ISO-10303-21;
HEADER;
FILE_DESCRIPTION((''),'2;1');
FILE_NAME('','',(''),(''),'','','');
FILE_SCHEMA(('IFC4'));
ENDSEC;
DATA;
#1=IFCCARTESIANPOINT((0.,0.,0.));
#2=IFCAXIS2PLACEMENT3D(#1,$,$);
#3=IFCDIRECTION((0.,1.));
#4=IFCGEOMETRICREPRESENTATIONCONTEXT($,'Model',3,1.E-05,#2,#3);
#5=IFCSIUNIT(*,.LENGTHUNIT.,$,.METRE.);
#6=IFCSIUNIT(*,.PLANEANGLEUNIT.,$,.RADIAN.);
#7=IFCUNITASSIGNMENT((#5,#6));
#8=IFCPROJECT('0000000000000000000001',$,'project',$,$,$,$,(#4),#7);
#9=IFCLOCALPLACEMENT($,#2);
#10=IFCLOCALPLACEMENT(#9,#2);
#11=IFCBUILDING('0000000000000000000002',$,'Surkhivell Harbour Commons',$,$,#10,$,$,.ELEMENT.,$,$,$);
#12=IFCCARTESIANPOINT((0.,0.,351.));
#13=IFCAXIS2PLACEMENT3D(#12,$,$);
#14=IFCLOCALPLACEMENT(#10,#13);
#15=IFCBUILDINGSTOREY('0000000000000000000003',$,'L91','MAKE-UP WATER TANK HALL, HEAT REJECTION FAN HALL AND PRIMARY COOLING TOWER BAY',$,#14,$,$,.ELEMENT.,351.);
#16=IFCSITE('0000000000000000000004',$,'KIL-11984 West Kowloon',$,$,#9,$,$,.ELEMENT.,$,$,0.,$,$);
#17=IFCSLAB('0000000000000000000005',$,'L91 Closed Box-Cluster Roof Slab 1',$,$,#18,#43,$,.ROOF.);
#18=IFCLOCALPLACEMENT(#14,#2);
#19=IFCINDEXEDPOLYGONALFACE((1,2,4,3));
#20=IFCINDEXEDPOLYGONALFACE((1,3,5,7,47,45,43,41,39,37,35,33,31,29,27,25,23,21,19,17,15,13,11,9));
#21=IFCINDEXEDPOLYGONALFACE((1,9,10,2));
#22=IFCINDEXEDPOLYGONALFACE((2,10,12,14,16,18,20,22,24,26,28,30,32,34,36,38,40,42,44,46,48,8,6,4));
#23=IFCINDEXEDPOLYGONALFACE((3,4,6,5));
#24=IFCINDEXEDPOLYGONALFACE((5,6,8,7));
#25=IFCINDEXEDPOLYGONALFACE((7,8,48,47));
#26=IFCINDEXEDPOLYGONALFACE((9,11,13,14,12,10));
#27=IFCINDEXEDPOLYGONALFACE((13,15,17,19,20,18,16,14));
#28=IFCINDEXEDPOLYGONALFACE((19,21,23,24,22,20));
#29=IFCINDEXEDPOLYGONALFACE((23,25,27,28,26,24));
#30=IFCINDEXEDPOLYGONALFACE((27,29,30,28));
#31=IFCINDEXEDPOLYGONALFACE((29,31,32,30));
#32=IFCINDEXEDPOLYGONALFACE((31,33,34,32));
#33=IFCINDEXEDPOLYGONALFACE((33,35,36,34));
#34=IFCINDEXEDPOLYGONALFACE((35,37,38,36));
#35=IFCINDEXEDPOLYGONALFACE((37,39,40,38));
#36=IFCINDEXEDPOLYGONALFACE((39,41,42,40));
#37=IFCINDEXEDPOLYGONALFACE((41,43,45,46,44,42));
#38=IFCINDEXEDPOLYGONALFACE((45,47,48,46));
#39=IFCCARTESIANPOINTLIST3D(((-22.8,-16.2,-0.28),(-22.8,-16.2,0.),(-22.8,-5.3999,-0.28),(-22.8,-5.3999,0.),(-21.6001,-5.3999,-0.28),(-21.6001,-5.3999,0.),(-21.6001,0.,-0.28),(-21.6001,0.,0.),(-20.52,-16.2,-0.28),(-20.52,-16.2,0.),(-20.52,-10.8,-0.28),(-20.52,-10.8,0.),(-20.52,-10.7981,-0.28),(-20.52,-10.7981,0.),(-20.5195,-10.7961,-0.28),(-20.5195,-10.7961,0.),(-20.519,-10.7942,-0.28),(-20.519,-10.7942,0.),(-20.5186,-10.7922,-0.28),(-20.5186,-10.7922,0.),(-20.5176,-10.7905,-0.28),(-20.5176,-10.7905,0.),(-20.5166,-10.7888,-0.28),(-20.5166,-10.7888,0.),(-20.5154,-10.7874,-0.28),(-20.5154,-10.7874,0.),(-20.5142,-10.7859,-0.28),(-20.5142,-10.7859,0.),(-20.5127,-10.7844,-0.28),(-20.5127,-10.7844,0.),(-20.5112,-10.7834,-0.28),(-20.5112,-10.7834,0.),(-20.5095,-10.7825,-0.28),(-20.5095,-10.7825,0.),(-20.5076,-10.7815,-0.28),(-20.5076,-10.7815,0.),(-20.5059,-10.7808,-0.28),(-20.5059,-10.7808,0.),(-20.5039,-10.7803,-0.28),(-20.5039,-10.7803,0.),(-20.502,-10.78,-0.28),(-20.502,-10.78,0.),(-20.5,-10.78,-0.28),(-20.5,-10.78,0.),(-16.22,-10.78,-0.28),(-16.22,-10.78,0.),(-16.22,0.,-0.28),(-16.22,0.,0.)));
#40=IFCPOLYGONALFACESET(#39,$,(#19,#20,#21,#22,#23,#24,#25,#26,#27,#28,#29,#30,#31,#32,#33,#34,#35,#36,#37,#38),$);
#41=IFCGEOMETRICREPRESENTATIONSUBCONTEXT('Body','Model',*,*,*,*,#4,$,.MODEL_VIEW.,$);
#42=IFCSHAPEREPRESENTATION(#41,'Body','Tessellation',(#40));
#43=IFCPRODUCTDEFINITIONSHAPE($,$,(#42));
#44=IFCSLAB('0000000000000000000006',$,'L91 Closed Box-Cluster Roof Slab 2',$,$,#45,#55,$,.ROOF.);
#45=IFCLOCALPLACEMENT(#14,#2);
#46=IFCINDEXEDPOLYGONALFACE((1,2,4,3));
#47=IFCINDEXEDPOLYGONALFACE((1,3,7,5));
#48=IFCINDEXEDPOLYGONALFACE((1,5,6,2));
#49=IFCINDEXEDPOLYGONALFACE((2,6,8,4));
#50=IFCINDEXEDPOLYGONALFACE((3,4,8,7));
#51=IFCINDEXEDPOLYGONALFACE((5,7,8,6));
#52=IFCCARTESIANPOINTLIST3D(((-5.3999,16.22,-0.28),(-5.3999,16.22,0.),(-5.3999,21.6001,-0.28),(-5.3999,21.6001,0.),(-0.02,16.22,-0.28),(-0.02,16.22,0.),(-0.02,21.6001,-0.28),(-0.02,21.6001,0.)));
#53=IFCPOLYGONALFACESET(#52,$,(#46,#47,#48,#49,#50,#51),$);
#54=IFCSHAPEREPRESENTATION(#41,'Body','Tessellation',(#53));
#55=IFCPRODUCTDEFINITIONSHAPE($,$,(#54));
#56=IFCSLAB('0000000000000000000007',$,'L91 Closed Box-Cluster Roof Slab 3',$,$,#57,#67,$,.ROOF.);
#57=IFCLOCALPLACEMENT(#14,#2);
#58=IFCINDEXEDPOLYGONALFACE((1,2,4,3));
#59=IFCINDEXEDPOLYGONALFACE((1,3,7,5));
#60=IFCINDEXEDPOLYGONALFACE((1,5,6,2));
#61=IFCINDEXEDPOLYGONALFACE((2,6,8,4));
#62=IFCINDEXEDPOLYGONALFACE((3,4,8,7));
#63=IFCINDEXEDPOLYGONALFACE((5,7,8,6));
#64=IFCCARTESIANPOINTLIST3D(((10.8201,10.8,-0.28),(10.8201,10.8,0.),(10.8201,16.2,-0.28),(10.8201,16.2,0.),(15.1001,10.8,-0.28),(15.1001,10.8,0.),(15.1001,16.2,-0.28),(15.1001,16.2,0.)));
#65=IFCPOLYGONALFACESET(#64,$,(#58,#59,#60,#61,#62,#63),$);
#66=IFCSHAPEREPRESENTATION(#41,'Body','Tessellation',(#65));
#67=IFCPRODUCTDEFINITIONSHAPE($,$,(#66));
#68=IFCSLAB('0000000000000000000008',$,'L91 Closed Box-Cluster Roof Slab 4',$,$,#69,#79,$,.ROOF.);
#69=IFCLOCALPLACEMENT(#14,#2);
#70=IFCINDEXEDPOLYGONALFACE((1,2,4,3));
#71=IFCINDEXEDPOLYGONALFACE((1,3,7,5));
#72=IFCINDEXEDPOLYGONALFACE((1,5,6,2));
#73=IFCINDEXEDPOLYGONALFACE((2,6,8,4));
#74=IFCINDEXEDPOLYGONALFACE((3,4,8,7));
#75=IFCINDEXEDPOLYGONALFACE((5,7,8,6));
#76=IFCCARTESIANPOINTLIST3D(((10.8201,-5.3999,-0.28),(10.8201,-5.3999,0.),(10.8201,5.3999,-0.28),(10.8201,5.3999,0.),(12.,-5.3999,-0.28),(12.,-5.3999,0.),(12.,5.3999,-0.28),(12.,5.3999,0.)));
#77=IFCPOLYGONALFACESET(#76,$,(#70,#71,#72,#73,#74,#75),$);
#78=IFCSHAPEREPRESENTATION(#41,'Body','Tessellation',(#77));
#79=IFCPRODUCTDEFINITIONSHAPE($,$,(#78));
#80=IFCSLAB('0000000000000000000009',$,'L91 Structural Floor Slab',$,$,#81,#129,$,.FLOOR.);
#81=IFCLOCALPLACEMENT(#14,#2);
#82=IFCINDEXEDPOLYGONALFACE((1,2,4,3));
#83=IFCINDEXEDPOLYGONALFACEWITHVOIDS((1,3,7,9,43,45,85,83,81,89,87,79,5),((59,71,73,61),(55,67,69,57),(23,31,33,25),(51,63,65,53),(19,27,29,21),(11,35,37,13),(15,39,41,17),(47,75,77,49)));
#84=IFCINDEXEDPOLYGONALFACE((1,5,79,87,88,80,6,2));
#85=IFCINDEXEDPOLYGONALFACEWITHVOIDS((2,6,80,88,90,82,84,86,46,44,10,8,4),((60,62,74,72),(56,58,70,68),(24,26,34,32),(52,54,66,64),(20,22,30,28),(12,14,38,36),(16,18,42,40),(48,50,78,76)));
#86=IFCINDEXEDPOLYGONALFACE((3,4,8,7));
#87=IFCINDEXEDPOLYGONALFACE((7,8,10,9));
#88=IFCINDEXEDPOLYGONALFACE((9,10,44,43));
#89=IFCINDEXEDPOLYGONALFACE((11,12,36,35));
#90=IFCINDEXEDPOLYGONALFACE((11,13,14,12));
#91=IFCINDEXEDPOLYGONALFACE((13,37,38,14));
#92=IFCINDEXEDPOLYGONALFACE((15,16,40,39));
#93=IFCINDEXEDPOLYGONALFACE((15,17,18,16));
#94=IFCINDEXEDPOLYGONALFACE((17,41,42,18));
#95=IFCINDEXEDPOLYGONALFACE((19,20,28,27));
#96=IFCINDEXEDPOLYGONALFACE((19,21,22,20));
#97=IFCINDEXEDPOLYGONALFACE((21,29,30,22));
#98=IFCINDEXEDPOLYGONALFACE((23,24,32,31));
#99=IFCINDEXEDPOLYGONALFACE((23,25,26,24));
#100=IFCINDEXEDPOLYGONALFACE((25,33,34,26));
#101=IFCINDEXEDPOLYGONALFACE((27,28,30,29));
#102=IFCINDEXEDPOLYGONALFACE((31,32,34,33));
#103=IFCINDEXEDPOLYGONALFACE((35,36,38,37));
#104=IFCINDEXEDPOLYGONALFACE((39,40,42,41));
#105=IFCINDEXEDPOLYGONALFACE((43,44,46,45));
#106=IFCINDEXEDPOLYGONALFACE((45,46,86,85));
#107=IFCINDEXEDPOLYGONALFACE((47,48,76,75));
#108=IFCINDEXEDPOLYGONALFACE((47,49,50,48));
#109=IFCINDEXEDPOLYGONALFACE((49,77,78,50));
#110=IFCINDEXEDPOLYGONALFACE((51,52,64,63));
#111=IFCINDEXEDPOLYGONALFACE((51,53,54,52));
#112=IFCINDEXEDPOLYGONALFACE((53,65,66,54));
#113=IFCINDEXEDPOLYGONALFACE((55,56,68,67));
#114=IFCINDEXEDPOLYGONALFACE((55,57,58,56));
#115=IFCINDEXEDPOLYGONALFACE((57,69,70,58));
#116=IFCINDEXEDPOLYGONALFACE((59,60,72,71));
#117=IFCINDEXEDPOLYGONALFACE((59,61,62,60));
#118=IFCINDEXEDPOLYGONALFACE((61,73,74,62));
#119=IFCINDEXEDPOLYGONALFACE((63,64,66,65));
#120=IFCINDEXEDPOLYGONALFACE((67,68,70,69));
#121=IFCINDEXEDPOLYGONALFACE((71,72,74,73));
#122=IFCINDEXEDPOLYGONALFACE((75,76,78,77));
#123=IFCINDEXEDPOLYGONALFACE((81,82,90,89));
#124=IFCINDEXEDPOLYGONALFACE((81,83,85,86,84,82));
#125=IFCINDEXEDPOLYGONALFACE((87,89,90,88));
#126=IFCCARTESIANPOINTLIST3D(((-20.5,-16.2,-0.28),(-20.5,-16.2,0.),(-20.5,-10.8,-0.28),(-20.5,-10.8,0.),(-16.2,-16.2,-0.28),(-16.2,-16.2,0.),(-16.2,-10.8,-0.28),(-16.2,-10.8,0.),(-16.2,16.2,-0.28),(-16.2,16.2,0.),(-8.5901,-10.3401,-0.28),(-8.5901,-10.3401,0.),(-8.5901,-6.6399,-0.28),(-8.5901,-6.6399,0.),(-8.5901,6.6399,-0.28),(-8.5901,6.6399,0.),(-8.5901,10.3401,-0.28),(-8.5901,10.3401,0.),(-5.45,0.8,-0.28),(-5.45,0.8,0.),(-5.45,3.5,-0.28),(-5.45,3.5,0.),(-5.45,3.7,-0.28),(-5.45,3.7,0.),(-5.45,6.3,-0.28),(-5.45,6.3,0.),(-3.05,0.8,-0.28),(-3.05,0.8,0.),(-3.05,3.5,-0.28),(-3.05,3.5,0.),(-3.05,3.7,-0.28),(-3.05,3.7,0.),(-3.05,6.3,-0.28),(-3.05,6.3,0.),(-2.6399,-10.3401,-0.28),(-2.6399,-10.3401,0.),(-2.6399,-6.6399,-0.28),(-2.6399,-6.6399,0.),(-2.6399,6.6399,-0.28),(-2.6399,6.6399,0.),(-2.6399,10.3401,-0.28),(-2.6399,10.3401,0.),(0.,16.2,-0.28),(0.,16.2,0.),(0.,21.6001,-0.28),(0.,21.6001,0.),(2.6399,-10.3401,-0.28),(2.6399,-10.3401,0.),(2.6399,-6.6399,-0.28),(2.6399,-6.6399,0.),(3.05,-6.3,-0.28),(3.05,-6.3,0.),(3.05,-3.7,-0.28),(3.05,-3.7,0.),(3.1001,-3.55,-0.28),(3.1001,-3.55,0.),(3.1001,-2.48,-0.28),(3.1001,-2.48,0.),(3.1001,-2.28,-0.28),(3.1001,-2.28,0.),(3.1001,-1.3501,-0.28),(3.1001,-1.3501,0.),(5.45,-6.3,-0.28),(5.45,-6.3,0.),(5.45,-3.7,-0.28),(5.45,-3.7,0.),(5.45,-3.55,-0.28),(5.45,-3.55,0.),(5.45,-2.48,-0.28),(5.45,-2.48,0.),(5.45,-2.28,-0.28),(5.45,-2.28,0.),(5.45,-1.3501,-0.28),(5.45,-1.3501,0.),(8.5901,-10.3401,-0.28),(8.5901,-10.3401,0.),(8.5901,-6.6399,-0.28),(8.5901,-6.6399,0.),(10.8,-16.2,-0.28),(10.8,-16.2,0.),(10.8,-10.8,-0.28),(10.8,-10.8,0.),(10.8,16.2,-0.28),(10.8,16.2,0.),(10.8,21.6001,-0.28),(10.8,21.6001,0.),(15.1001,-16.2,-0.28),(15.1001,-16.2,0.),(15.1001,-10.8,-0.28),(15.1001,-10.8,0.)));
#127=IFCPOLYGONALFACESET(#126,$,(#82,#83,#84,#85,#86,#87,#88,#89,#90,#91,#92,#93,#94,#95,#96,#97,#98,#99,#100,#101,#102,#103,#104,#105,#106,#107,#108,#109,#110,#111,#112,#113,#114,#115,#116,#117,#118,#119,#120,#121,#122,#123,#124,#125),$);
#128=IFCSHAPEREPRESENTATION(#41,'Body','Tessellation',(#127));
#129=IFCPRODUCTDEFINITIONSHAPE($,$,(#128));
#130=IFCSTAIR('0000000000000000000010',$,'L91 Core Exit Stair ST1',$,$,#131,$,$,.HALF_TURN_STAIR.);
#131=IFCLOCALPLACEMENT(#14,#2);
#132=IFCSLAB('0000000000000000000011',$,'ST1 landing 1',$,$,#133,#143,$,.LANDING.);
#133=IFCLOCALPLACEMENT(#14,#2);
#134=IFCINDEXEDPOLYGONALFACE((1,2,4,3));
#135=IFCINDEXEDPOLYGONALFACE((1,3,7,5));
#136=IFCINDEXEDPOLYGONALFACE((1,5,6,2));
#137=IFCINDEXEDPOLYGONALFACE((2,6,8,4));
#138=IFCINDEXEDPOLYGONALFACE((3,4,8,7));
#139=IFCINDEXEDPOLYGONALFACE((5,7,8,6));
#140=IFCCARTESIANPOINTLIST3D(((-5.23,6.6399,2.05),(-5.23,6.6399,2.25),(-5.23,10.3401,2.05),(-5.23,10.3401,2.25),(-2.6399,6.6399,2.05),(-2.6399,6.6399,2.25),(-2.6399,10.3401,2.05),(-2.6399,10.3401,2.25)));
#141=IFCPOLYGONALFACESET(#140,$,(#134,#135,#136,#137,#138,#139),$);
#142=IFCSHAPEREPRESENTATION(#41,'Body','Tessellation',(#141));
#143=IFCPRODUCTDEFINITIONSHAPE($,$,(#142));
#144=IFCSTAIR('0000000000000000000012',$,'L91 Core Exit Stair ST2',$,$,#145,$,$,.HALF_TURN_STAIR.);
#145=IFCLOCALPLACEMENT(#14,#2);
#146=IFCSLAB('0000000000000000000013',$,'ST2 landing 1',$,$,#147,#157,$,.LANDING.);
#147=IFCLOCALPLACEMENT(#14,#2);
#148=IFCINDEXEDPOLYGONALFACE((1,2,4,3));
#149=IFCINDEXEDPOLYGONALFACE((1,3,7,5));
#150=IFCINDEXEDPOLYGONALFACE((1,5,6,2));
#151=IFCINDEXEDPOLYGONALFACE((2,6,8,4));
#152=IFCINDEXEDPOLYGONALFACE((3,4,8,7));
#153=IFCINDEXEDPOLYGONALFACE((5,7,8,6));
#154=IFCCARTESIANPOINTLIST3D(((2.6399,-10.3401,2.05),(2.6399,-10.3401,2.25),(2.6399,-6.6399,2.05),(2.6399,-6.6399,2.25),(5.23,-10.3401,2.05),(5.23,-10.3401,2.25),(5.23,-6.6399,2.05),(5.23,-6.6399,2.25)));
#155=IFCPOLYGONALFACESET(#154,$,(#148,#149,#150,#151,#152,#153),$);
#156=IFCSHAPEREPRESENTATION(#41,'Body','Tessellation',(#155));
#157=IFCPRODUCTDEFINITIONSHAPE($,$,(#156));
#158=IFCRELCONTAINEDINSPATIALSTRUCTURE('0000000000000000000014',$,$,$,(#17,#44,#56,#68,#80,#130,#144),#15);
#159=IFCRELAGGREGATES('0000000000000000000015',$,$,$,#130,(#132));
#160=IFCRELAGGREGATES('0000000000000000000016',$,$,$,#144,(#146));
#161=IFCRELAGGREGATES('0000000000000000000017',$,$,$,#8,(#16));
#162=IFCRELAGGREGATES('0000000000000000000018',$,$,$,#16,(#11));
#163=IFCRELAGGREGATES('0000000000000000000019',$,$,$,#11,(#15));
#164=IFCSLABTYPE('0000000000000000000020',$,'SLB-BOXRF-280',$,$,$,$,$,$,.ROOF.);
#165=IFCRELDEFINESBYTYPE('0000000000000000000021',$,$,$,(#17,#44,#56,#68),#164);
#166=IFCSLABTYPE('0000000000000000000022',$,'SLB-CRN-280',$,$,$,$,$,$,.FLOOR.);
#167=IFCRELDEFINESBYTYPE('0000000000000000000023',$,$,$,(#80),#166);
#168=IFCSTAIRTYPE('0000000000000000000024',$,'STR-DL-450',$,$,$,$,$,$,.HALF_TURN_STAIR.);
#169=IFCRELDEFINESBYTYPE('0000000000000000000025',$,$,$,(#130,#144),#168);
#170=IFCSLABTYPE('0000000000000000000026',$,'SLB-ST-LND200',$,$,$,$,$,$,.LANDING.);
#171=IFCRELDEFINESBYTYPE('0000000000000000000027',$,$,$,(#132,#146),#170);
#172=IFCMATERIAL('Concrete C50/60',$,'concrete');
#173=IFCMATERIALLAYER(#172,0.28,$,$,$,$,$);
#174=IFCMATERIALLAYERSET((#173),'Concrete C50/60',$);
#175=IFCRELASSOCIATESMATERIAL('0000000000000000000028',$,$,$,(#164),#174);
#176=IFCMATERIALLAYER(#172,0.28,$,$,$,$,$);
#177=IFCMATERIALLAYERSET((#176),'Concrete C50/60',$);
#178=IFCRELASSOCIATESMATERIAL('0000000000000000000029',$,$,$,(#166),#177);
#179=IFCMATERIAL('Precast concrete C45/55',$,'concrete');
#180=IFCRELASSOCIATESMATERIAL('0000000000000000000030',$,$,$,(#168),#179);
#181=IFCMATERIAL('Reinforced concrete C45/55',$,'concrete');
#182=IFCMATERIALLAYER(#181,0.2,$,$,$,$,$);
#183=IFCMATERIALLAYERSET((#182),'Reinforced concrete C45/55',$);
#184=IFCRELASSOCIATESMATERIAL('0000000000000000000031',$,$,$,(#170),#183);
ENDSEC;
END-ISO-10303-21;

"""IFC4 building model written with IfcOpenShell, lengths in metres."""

from ifc_helpers import new_model, si_unit, direction, frame, origin, place, context, subcontext, project, spatial, polyline, outline, extrude, material, layer, layer_set, type_object, element, aggregate, save


model = new_model("IFC4")

# Units and contexts
model_context = context("Model", 3, precision=1e-05, world=origin(), true_north=direction((0.0, 1.0)))
body_context = subcontext(model_context, "Body", "Model", "MODEL_VIEW")
ifc_project = project(units=[si_unit("LENGTHUNIT", "METRE"), si_unit("PLANEANGLEUNIT", "RADIAN")], contexts=[model_context])

# Site, building, storey
site_placement = place(None, origin())
site = spatial("IfcSite", under=ifc_project, at=site_placement, Name="KIL-11984 West Kowloon", CompositionType="ELEMENT", RefElevation=0.0)
building_placement = place(site_placement, origin())
building = spatial("IfcBuilding", under=site, at=building_placement, Name="Surkhivell Harbour Commons", CompositionType="ELEMENT")
storey_placement = place(building_placement, frame((0.0, 0.0, 351.0)))
storey = spatial("IfcBuildingStorey", under=building, at=storey_placement, Name="L91", Description="MAKE-UP WATER TANK HALL, HEAT REJECTION FAN HALL AND PRIMARY COOLING TOWER BAY", CompositionType="ELEMENT", Elevation=351.0)

# Slabs
ifc_material_1 = material(Name="Concrete C50/60", Category="concrete")
ifc_layer_1 = layer(ifc_material_1, 0.28)
ifc_layer_set_1 = layer_set([ifc_layer_1], Name="Concrete C50/60")
slab_type_1 = type_object("IfcSlabType", Name="SLB-BOXRF-280", PredefinedType="ROOF", material=ifc_layer_set_1)
slab_1_placement = place(storey_placement, frame((0.0, 0.0, -0.28)))
element("IfcSlab", 1, at=slab_1_placement, inside=storey, type_object=slab_type_1, Name="L91 Closed Box-Cluster Roof Slab 1", PredefinedType="ROOF", context=body_context, shape_type="SweptSolid", body=[
    extrude(outline(polyline([(-20.52, -16.2), (-20.52, -10.8), (-20.52, -10.7981), (-20.5195, -10.7961), (-20.519, -10.7942), (-20.5186, -10.7922), (-20.5176, -10.7905), (-20.5166, -10.7888), (-20.5154, -10.7874), (-20.5142, -10.7859), (-20.5127, -10.7844), (-20.5112, -10.7834), (-20.5095, -10.7825), (-20.5076, -10.7815), (-20.5059, -10.7808), (-20.5039, -10.7803), (-20.502, -10.78), (-20.5, -10.78), (-16.22, -10.78), (-16.22, 0.0), (-21.6001, 0.0), (-21.6001, -5.3999), (-22.8, -5.3999), (-22.8, -16.2), (-20.52, -16.2)])), origin(), (0.0, 0.0, 1.0), 0.28),
])
slab_2_placement = place(storey_placement, frame((0.0, 0.0, -0.28)))
element("IfcSlab", 2, at=slab_2_placement, inside=storey, type_object=slab_type_1, Name="L91 Closed Box-Cluster Roof Slab 2", PredefinedType="ROOF", context=body_context, shape_type="SweptSolid", body=[
    extrude(outline(polyline([(-5.3999, 16.22), (-0.02, 16.22), (-0.02, 21.6001), (-5.3999, 21.6001), (-5.3999, 16.22)])), origin(), (0.0, 0.0, 1.0), 0.28),
])
slab_3_placement = place(storey_placement, frame((0.0, 0.0, -0.28)))
element("IfcSlab", 3, at=slab_3_placement, inside=storey, type_object=slab_type_1, Name="L91 Closed Box-Cluster Roof Slab 3", PredefinedType="ROOF", context=body_context, shape_type="SweptSolid", body=[
    extrude(outline(polyline([(10.8201, 16.2), (10.8201, 10.8), (15.1001, 10.8), (15.1001, 16.2), (10.8201, 16.2)])), origin(), (0.0, 0.0, 1.0), 0.28),
])
slab_4_placement = place(storey_placement, frame((0.0, 0.0, -0.28)))
element("IfcSlab", 4, at=slab_4_placement, inside=storey, type_object=slab_type_1, Name="L91 Closed Box-Cluster Roof Slab 4", PredefinedType="ROOF", context=body_context, shape_type="SweptSolid", body=[
    extrude(outline(polyline([(10.8201, 5.3999), (10.8201, -5.3999), (12.0, -5.3999), (12.0, 5.3999), (10.8201, 5.3999)])), origin(), (0.0, 0.0, 1.0), 0.28),
])
ifc_layer_2 = layer(ifc_material_1, 0.28)
ifc_layer_set_2 = layer_set([ifc_layer_2], Name="Concrete C50/60")
slab_type_2 = type_object("IfcSlabType", Name="SLB-CRN-280", PredefinedType="FLOOR", material=ifc_layer_set_2)
slab_5_placement = place(storey_placement, frame((0.0, 0.0, -0.28)))
element("IfcSlab", 5, at=slab_5_placement, inside=storey, type_object=slab_type_2, Name="L91 Structural Floor Slab", PredefinedType="FLOOR", context=body_context, shape_type="SweptSolid", body=[
    extrude(outline(polyline([(-16.2, -10.8), (-20.5, -10.8), (-20.5, -16.2), (-16.2, -16.2), (10.8, -16.2), (15.1001, -16.2), (15.1001, -10.8), (10.8, -10.8), (10.8, 16.2), (10.8, 21.6001), (0.0, 21.6001), (0.0, 16.2), (-16.2, 16.2), (-16.2, -10.8)]), holes=[polyline([(-8.5901, 6.6399), (-2.6399, 6.6399), (-2.6399, 10.3401), (-8.5901, 10.3401), (-8.5901, 6.6399)]), polyline([(8.5901, -6.6399), (2.6399, -6.6399), (2.6399, -10.3401), (8.5901, -10.3401), (8.5901, -6.6399)]), polyline([(-8.5901, -10.3401), (-2.6399, -10.3401), (-2.6399, -6.6399), (-8.5901, -6.6399), (-8.5901, -10.3401)]), polyline([(-5.45, 3.7), (-3.05, 3.7), (-3.05, 6.3), (-5.45, 6.3), (-5.45, 3.7)]), polyline([(3.05, -6.3), (5.45, -6.3), (5.45, -3.7), (3.05, -3.7), (3.05, -6.3)]), polyline([(-5.45, 0.8), (-3.05, 0.8), (-3.05, 3.5), (-5.45, 3.5), (-5.45, 0.8)]), polyline([(3.1001, -3.55), (5.45, -3.55), (5.45, -2.48), (3.1001, -2.48), (3.1001, -3.55)]), polyline([(3.1001, -2.28), (5.45, -2.28), (5.45, -1.3501), (3.1001, -1.3501), (3.1001, -2.28)])]), origin(), (0.0, 0.0, 1.0), 0.28),
])

# Stairs, slabs
ifc_material_2 = material(Name="Precast concrete C45/55", Category="concrete")
stair_type = type_object("IfcStairType", Name="STR-DL-450", PredefinedType="HALF_TURN_STAIR", material=ifc_material_2)
stair_1_placement = place(storey_placement, origin())
stair_1 = element("IfcStair", 6, at=stair_1_placement, inside=storey, type_object=stair_type, Name="L91 Core Exit Stair ST1", PredefinedType="HALF_TURN_STAIR")
ifc_material_3 = material(Name="Reinforced concrete C45/55", Category="concrete")
ifc_layer_3 = layer(ifc_material_3, 0.2)
ifc_layer_set_3 = layer_set([ifc_layer_3], Name="Reinforced concrete C45/55")
slab_type_3 = type_object("IfcSlabType", Name="SLB-ST-LND200", PredefinedType="LANDING", material=ifc_layer_set_3)
slab_6_placement = place(storey_placement, frame((0.0, 0.0, 2.05)))
slab_6 = element("IfcSlab", 7, at=slab_6_placement, type_object=slab_type_3, Name="ST1 landing 1", PredefinedType="LANDING", context=body_context, shape_type="SweptSolid", body=[
    extrude(outline(polyline([(-5.23, 6.6399), (-2.6399, 6.6399), (-2.6399, 10.3401), (-5.23, 10.3401), (-5.23, 6.6399)])), origin(), (0.0, 0.0, 1.0), 0.2),
])
aggregate(stair_1, [slab_6])
stair_2_placement = place(storey_placement, origin())
stair_2 = element("IfcStair", 8, at=stair_2_placement, inside=storey, type_object=stair_type, Name="L91 Core Exit Stair ST2", PredefinedType="HALF_TURN_STAIR")
slab_7_placement = place(storey_placement, frame((0.0, 0.0, 2.05)))
slab_7 = element("IfcSlab", 9, at=slab_7_placement, type_object=slab_type_3, Name="ST2 landing 1", PredefinedType="LANDING", context=body_context, shape_type="SweptSolid", body=[
    extrude(outline(polyline([(5.23, -6.6399), (2.6399, -6.6399), (2.6399, -10.3401), (5.23, -10.3401), (5.23, -6.6399)])), origin(), (0.0, 0.0, 1.0), 0.2),
])
aggregate(stair_2, [slab_7])

save(model, "model.ifc")
